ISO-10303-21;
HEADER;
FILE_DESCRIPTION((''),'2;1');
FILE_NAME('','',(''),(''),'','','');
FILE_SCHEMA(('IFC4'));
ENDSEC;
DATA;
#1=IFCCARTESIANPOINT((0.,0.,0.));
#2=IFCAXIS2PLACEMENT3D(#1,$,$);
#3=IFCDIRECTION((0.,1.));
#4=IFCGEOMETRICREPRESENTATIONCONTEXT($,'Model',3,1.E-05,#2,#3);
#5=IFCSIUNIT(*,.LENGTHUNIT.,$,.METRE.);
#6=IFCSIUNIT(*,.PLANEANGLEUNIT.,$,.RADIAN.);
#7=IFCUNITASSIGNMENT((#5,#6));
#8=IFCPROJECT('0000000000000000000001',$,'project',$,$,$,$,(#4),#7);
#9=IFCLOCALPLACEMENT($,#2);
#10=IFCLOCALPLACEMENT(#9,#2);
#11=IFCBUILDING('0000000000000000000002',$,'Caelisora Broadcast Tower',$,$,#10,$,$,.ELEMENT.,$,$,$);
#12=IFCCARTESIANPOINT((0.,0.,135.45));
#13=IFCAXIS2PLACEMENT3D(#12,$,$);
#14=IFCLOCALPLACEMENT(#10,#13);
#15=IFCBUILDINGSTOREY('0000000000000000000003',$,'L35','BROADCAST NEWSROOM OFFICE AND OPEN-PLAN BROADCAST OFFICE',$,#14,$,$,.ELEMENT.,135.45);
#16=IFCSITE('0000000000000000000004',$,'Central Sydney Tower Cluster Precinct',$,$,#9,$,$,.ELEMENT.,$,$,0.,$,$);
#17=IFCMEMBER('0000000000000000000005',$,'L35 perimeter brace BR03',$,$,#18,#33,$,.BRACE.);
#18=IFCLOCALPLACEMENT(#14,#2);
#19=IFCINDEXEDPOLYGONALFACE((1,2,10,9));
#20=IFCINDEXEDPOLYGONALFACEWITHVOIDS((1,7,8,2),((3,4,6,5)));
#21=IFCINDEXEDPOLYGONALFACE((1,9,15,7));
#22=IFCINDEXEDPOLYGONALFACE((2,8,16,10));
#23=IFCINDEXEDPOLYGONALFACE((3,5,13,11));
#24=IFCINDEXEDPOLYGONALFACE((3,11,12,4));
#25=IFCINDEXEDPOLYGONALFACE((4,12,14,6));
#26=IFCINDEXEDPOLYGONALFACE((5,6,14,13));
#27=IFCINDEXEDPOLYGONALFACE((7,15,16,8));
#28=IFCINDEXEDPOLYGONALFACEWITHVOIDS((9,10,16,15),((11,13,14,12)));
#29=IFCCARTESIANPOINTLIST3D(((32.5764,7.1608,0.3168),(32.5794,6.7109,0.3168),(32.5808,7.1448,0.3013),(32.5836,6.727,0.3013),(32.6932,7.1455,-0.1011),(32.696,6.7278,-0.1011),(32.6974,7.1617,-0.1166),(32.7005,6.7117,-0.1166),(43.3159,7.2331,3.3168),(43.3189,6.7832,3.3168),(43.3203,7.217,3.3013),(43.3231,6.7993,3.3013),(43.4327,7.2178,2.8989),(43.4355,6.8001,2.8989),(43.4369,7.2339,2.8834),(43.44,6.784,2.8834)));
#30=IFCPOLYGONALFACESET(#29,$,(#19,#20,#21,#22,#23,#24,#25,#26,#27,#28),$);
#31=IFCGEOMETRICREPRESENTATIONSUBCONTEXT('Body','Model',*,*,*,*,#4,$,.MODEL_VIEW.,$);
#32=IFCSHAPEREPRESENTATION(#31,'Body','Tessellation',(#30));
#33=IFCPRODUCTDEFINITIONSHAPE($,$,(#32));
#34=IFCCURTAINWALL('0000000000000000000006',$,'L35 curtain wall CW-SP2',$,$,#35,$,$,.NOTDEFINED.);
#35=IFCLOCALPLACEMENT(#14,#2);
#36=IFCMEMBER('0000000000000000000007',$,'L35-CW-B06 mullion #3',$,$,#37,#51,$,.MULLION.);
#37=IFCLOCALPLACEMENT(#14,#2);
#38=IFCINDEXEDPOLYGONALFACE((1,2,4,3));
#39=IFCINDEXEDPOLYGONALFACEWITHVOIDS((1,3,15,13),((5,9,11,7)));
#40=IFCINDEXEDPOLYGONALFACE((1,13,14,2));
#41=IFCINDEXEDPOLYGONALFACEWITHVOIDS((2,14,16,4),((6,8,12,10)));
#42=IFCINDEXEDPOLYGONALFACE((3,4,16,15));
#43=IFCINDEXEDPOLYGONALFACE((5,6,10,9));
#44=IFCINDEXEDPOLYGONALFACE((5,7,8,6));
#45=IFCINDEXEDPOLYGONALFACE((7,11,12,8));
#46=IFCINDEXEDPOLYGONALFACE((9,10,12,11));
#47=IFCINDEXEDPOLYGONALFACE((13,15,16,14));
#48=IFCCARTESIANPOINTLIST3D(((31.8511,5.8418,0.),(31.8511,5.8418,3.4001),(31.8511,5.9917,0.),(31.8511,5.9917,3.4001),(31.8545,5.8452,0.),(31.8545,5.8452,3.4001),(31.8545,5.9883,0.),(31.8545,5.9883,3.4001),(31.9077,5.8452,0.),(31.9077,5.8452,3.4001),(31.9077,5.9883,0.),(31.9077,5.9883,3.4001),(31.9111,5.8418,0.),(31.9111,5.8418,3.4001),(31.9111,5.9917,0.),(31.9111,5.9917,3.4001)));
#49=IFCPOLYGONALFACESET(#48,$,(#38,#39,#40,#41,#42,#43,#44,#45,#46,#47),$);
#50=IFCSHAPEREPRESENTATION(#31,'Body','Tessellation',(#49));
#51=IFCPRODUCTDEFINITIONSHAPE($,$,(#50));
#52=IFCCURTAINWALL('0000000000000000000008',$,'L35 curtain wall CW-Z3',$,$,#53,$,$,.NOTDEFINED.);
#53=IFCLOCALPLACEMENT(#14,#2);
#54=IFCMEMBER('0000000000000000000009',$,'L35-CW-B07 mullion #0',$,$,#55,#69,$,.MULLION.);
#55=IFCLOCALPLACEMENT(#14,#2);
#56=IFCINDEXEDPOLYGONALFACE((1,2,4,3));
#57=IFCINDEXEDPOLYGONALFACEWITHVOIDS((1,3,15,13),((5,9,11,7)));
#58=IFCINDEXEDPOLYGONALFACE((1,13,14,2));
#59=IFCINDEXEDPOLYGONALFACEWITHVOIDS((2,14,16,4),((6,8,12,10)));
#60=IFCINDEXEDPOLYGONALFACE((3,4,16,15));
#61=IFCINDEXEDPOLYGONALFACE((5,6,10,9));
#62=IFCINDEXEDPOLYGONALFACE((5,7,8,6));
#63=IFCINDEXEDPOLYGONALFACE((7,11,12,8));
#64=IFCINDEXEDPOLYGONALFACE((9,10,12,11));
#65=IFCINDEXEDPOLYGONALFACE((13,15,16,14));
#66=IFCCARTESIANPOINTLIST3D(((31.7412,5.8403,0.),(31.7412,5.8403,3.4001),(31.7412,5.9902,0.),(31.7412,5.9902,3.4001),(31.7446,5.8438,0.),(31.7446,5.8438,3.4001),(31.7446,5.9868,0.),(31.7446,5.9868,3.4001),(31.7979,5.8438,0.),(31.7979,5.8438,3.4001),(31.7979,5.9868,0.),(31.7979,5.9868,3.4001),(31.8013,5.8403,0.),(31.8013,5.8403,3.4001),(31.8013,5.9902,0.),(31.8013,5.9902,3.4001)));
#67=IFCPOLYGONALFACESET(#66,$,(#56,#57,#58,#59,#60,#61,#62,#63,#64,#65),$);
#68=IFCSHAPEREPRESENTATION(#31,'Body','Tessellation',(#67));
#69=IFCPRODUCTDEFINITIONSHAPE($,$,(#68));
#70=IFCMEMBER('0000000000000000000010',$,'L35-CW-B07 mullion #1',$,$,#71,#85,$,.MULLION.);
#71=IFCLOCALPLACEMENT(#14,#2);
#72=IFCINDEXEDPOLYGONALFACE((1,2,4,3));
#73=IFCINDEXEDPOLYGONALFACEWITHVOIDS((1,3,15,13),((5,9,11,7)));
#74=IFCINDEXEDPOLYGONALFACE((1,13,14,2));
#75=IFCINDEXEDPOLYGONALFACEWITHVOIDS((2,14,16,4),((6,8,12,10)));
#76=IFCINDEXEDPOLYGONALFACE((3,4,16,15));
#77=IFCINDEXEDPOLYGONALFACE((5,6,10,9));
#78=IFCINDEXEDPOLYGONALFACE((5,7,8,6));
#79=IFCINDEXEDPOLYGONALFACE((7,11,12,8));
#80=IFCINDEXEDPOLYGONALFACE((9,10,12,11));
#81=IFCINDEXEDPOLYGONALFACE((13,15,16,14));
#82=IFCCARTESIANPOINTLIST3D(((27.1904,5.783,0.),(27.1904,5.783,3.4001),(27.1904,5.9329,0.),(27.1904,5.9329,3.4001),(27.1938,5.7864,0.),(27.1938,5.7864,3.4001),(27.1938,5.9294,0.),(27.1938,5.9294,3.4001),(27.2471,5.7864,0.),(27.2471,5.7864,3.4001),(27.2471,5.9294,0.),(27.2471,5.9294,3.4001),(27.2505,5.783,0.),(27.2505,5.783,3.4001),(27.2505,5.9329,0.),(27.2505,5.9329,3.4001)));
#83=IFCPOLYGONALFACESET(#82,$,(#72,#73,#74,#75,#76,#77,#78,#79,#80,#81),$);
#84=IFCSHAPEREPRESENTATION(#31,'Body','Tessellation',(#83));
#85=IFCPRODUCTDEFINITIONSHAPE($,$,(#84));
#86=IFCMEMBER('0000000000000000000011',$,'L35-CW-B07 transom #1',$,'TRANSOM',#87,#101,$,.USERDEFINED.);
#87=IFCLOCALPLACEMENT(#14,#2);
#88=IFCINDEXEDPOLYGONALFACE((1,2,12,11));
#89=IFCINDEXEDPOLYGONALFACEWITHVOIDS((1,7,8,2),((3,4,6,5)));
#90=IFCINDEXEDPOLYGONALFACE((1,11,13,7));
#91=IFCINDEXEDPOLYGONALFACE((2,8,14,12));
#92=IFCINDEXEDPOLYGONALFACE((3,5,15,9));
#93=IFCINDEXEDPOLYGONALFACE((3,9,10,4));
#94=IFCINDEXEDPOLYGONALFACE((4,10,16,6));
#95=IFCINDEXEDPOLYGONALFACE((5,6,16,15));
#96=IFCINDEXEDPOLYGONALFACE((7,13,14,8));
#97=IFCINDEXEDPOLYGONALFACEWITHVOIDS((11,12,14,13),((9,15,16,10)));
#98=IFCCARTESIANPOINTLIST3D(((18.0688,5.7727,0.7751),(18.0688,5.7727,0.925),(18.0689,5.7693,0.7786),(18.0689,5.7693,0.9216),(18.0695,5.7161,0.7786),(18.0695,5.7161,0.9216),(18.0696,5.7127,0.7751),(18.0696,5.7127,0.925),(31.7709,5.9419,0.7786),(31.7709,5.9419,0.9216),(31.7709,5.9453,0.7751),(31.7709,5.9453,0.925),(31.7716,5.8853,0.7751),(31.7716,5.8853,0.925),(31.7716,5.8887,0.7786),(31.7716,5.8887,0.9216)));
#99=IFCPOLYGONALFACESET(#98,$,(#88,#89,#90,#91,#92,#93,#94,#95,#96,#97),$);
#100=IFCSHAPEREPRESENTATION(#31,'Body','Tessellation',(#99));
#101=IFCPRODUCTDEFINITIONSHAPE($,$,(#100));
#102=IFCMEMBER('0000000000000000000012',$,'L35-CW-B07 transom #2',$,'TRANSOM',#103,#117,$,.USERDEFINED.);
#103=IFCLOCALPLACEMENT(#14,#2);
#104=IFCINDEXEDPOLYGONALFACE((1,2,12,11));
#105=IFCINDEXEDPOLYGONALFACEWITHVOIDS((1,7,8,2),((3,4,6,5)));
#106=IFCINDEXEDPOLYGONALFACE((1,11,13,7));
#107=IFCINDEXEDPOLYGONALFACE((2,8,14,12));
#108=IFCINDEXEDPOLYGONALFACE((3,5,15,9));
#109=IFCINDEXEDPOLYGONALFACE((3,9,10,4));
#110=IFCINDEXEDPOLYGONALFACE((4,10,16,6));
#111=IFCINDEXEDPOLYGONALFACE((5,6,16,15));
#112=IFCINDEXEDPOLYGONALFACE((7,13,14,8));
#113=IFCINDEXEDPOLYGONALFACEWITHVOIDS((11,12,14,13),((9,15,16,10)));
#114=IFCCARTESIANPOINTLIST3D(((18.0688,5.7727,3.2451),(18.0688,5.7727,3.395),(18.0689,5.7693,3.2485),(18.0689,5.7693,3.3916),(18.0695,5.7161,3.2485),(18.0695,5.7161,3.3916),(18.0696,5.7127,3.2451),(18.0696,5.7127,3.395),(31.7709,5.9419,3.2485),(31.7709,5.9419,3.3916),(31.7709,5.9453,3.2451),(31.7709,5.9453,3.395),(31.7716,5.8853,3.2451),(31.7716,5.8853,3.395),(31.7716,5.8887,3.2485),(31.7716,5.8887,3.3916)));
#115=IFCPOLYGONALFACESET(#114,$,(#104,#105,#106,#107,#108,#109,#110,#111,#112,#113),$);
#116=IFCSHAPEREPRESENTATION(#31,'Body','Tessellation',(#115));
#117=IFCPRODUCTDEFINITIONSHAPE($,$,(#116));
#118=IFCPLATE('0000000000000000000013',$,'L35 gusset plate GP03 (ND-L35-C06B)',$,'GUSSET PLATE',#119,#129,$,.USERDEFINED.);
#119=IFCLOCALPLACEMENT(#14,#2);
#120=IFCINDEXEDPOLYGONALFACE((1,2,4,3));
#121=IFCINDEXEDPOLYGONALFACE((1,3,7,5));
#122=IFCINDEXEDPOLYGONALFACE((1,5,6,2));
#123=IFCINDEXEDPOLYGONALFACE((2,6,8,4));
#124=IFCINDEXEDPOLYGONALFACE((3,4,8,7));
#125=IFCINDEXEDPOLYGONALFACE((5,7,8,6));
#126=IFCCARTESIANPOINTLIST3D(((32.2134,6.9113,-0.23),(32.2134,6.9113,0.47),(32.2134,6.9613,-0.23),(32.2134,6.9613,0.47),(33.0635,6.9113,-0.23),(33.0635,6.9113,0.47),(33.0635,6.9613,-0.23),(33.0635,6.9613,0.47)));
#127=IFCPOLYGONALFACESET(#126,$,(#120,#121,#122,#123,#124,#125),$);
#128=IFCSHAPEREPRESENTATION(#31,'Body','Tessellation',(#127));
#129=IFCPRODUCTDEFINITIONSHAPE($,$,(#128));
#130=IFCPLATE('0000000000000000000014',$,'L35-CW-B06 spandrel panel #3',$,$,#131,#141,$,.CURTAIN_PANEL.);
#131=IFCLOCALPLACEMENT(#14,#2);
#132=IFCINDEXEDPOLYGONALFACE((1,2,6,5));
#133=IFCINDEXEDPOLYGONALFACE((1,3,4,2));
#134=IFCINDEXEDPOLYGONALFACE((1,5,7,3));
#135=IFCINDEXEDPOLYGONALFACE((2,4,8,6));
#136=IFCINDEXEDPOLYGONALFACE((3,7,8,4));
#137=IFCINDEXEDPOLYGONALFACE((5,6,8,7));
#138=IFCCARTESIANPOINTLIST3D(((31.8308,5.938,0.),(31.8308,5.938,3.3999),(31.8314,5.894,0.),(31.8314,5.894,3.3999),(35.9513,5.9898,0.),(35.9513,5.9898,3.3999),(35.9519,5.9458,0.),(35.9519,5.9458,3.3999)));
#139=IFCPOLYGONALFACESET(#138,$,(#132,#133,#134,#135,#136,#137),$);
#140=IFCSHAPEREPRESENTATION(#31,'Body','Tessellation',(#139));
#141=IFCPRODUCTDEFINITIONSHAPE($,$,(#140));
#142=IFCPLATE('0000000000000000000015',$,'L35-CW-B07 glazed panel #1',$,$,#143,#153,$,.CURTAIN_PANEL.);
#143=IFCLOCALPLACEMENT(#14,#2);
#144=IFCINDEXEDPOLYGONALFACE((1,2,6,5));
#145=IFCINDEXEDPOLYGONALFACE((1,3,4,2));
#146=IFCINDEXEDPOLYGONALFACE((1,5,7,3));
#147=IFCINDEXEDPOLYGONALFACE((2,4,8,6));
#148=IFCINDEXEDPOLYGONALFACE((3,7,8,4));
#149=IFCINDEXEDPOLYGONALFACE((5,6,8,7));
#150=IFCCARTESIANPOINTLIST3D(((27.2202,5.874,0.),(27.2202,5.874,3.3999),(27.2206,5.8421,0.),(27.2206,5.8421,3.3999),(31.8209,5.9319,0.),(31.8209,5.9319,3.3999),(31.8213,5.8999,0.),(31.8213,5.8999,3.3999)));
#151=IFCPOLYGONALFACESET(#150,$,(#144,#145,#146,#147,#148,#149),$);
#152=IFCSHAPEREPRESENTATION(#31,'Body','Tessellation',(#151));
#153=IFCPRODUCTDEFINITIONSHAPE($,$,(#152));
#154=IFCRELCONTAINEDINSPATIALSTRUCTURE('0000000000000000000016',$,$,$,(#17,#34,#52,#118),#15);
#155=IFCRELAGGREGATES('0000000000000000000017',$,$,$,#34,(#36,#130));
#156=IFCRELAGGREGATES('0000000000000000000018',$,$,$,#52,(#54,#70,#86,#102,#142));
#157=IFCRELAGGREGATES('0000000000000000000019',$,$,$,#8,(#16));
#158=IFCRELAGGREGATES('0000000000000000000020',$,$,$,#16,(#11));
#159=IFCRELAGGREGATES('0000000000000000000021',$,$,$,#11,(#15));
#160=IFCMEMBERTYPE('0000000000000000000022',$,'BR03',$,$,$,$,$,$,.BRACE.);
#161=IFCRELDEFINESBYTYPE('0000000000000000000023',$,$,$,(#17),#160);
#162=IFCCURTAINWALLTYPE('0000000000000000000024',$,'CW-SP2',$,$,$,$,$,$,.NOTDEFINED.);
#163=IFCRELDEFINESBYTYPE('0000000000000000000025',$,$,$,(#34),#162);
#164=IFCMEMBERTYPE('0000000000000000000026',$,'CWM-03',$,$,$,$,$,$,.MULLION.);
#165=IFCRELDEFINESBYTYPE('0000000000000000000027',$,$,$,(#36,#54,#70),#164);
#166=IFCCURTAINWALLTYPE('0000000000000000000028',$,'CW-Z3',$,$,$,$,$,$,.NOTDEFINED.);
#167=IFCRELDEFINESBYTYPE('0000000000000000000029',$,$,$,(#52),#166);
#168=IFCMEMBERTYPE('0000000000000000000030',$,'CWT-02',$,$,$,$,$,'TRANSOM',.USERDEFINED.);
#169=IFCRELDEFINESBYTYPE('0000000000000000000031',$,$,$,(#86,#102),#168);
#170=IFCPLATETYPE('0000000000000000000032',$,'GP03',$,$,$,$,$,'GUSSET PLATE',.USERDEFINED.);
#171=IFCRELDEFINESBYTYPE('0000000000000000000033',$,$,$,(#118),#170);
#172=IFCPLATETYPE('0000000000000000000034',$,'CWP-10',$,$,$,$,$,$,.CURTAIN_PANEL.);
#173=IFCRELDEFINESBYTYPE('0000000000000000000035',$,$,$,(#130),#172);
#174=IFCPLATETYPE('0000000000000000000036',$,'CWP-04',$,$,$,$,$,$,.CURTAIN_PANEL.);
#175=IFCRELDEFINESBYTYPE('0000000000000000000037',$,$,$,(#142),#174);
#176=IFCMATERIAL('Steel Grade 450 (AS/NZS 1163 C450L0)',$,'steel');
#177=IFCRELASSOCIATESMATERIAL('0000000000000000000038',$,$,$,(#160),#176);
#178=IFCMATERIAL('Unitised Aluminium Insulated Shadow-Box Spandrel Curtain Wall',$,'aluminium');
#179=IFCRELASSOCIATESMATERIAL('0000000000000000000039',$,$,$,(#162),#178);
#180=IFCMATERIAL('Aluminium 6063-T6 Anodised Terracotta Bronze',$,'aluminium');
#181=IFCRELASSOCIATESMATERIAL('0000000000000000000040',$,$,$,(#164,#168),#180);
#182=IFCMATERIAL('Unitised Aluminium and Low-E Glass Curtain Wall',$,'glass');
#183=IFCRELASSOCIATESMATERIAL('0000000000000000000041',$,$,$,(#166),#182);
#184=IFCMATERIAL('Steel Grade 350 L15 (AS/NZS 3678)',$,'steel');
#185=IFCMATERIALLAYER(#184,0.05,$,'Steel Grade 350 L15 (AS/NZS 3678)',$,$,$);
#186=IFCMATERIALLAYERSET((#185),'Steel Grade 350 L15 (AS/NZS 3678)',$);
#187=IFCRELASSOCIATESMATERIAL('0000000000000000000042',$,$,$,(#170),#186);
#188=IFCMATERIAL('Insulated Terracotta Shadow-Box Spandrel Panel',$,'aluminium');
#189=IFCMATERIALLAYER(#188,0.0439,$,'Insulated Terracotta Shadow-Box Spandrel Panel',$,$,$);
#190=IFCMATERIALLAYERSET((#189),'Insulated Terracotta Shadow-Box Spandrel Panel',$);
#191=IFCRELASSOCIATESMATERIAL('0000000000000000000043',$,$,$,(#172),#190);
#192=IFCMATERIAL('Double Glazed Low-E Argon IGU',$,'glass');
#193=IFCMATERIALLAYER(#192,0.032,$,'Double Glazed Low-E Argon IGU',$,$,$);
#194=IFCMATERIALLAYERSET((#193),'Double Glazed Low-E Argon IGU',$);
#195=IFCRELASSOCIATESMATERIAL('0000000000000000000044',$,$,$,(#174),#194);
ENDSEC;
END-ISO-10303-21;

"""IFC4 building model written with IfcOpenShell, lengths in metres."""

from ifc_helpers import new_model, si_unit, direction, frame, origin, origin_2d, place, context, subcontext, project, spatial, rectangle, hollow_rectangle, extrude, source, transform, mapped, material, layer, layer_set, material_profile, profile_set, type_object, type_shapes, element, aggregate, save


model = new_model("IFC4")

# Units and contexts
model_context = context("Model", 3, precision=1e-05, world=origin(), true_north=direction((0.0, 1.0)))
body_context = subcontext(model_context, "Body", "Model", "MODEL_VIEW")
ifc_project = project(units=[si_unit("LENGTHUNIT", "METRE"), si_unit("PLANEANGLEUNIT", "RADIAN")], contexts=[model_context])

# Site, building, storey
site_placement = place(None, origin())
site = spatial("IfcSite", under=ifc_project, at=site_placement, Name="Central Sydney Tower Cluster Precinct", CompositionType="ELEMENT", RefElevation=0.0)
building_placement = place(site_placement, origin())
building = spatial("IfcBuilding", under=site, at=building_placement, Name="Caelisora Broadcast Tower", CompositionType="ELEMENT")
storey_placement = place(building_placement, frame((0.0, 0.0, 135.45)))
storey = spatial("IfcBuildingStorey", under=building, at=storey_placement, Name="L35", Description="BROADCAST NEWSROOM OFFICE AND OPEN-PLAN BROADCAST OFFICE", CompositionType="ELEMENT", Elevation=135.45)

# Shared definitions
ifc_material_1 = material(Name="Steel Grade 350 L15 (AS/NZS 3678)", Category="steel")

# Member
ifc_material_2 = material(Name="Steel Grade 450 (AS/NZS 1163 C450L0)", Category="steel")
ifc_material_profile_1 = material_profile(ifc_material_2, hollow_rectangle(XDim=0.45, YDim=0.45, WallThickness=0.0161, at=origin_2d()), Name="Steel Grade 450 (AS/NZS 1163 C450L0)")
ifc_profile_set_1 = profile_set([ifc_material_profile_1], Name="Steel Grade 450 (AS/NZS 1163 C450L0)")
member_type_1 = type_object("IfcMemberType", Name="BR03", PredefinedType="BRACE", material=ifc_profile_set_1)
shared_shape_1 = source(origin(), body_context, "Body", "SweptSolid", [
    extrude(hollow_rectangle(XDim=0.45, YDim=0.45, WallThickness=0.0161, at=origin_2d()), origin(), (0.0, 0.0, 1.0), 11.1509),
])
type_shapes(member_type_1, [shared_shape_1])
member_1_placement = place(storey_placement, frame((32.6384, 6.9363, 0.1001), z_axis=(0.963108, 0.006481, 0.269037), x_axis=(-0.006729, 0.999977, 0.0)))
element("IfcMember", 1, at=member_1_placement, inside=storey, type_object=member_type_1, Name="L35 perimeter brace BR03", PredefinedType="BRACE", context=body_context, shape_type="MappedRepresentation", body=[
    mapped(shared_shape_1, transform((0.0, 0.0, 0.0), scale=1.0)),
])

# Curtain wall, member
ifc_material_3 = material(Name="Unitised Aluminium Insulated Shadow-Box Spandrel Curtain Wall", Category="aluminium")
curtain_wall_type_1 = type_object("IfcCurtainWallType", Name="CW-SP2", PredefinedType="NOTDEFINED", material=ifc_material_3)
curtain_wall_1_placement = place(storey_placement, origin())
curtain_wall_1 = element("IfcCurtainWall", 2, at=curtain_wall_1_placement, inside=storey, type_object=curtain_wall_type_1, Name="L35 curtain wall CW-SP2", PredefinedType="NOTDEFINED")
ifc_material_4 = material(Name="Aluminium 6063-T6 Anodised Terracotta Bronze", Category="aluminium")
ifc_material_profile_2 = material_profile(ifc_material_4, hollow_rectangle(XDim=0.0601, YDim=0.1499, WallThickness=0.0034, at=origin_2d()), Name="Aluminium 6063-T6 Anodised Terracotta Bronze")
ifc_profile_set_2 = profile_set([ifc_material_profile_2], Name="Aluminium 6063-T6 Anodised Terracotta Bronze")
member_type_2 = type_object("IfcMemberType", Name="CWM-03", PredefinedType="MULLION", material=ifc_profile_set_2)
shared_shape_2 = source(origin(), body_context, "Body", "SweptSolid", [
    extrude(hollow_rectangle(XDim=0.0601, YDim=0.1499, WallThickness=0.0034, at=origin_2d()), origin(), (0.0, 0.0, 1.0), 3.4001),
])
type_shapes(member_type_2, [shared_shape_2])
member_2_placement = place(storey_placement, frame((31.8811, 5.9167, 0.0), z_axis=(0.0, 0.0, 1.0), x_axis=(1.0, 0.0, 0.0)))
member_2 = element("IfcMember", 3, at=member_2_placement, type_object=member_type_2, Name="L35-CW-B06 mullion #3", PredefinedType="MULLION", context=body_context, shape_type="MappedRepresentation", body=[
    mapped(shared_shape_2, transform((0.0, 0.0, 0.0), scale=1.0)),
])

# Curtain wall, members
ifc_material_5 = material(Name="Unitised Aluminium and Low-E Glass Curtain Wall", Category="glass")
curtain_wall_type_2 = type_object("IfcCurtainWallType", Name="CW-Z3", PredefinedType="NOTDEFINED", material=ifc_material_5)
curtain_wall_2_placement = place(storey_placement, origin())
curtain_wall_2 = element("IfcCurtainWall", 4, at=curtain_wall_2_placement, inside=storey, type_object=curtain_wall_type_2, Name="L35 curtain wall CW-Z3", PredefinedType="NOTDEFINED")
member_3_placement = place(storey_placement, frame((31.7712, 5.9153, 0.0), z_axis=(0.0, 0.0, 1.0), x_axis=(1.0, 0.0, 0.0)))
member_3 = element("IfcMember", 5, at=member_3_placement, type_object=member_type_2, Name="L35-CW-B07 mullion #0", PredefinedType="MULLION", context=body_context, shape_type="MappedRepresentation", body=[
    mapped(shared_shape_2, transform((0.0, 0.0, 0.0), scale=1.0)),
])
member_4_placement = place(storey_placement, frame((27.2205, 5.8579, 0.0), z_axis=(0.0, 0.0, 1.0), x_axis=(1.0, 0.0, 0.0)))
member_4 = element("IfcMember", 6, at=member_4_placement, type_object=member_type_2, Name="L35-CW-B07 mullion #1", PredefinedType="MULLION", context=body_context, shape_type="MappedRepresentation", body=[
    mapped(shared_shape_2, transform((0.0, 0.0, 0.0), scale=1.0)),
])
ifc_material_profile_3 = material_profile(ifc_material_4, hollow_rectangle(XDim=0.0601, YDim=0.1499, WallThickness=0.0034, at=origin_2d()), Name="Aluminium 6063-T6 Anodised Terracotta Bronze")
ifc_profile_set_3 = profile_set([ifc_material_profile_3], Name="Aluminium 6063-T6 Anodised Terracotta Bronze")
member_type_3 = type_object("IfcMemberType", Name="CWT-02", ElementType="TRANSOM", PredefinedType="USERDEFINED", material=ifc_profile_set_3)
shared_shape_3 = source(origin(), body_context, "Body", "SweptSolid", [
    extrude(hollow_rectangle(XDim=0.0601, YDim=0.1499, WallThickness=0.0034, at=origin_2d()), origin(), (0.0, 0.0, 1.0), 13.7031),
])
type_shapes(member_type_3, [shared_shape_3])
member_5_placement = place(storey_placement, frame((31.7712, 5.9153, 0.8501), z_axis=(-0.999921, -0.012596, 0.0), x_axis=(0.012596, -0.999921, 0.0)))
member_5 = element("IfcMember", 7, at=member_5_placement, type_object=member_type_3, Name="L35-CW-B07 transom #1", ObjectType="TRANSOM", PredefinedType="USERDEFINED", context=body_context, shape_type="MappedRepresentation", body=[
    mapped(shared_shape_3, transform((0.0, 0.0, 0.0), scale=1.0)),
])
member_6_placement = place(storey_placement, frame((31.7712, 5.9153, 3.3201), z_axis=(-0.999921, -0.012596, 0.0), x_axis=(0.012596, -0.999921, 0.0)))
member_6 = element("IfcMember", 8, at=member_6_placement, type_object=member_type_3, Name="L35-CW-B07 transom #2", ObjectType="TRANSOM", PredefinedType="USERDEFINED", context=body_context, shape_type="MappedRepresentation", body=[
    mapped(shared_shape_3, transform((0.0, 0.0, 0.0), scale=1.0)),
])

# Plates
ifc_layer_1 = layer(ifc_material_1, 0.05, Name="Steel Grade 350 L15 (AS/NZS 3678)")
ifc_layer_set_1 = layer_set([ifc_layer_1], Name="Steel Grade 350 L15 (AS/NZS 3678)")
plate_type_1 = type_object("IfcPlateType", Name="GP03", ElementType="GUSSET PLATE", PredefinedType="USERDEFINED", material=ifc_layer_set_1)
shared_shape_4 = source(origin(), body_context, "Body", "SweptSolid", [
    extrude(rectangle(XDim=0.8501, YDim=0.05, at=origin_2d()), origin(), (0.0, 0.0, 1.0), 0.7),
])
type_shapes(plate_type_1, [shared_shape_4])
plate_1_placement = place(storey_placement, frame((32.6384, 6.9363, -0.23), z_axis=(0.0, 0.0, 1.0), x_axis=(1.0, 0.0, 0.0)))
element("IfcPlate", 9, at=plate_1_placement, inside=storey, type_object=plate_type_1, Name="L35 gusset plate GP03 (ND-L35-C06B)", ObjectType="GUSSET PLATE", PredefinedType="USERDEFINED", context=body_context, shape_type="MappedRepresentation", body=[
    mapped(shared_shape_4, transform((0.0, 0.0, 0.0), scale=1.0)),
])
ifc_material_6 = material(Name="Insulated Terracotta Shadow-Box Spandrel Panel", Category="aluminium")
ifc_layer_2 = layer(ifc_material_6, 0.0439, Name="Insulated Terracotta Shadow-Box Spandrel Panel")
ifc_layer_set_2 = layer_set([ifc_layer_2], Name="Insulated Terracotta Shadow-Box Spandrel Panel")
plate_type_2 = type_object("IfcPlateType", Name="CWP-10", PredefinedType="CURTAIN_PANEL", material=ifc_layer_set_2)
shared_shape_5 = source(origin(), body_context, "Body", "SweptSolid", [
    extrude(rectangle(XDim=4.1208, YDim=0.0439, at=origin_2d()), origin(), (0.0, 0.0, 1.0), 3.3999),
])
type_shapes(plate_type_2, [shared_shape_5])
plate_2_placement = place(storey_placement, frame((33.8914, 5.9419, 0.0), z_axis=(0.0, 0.0, 1.0), x_axis=(-0.999921, -0.012566, 0.0)))
plate_2 = element("IfcPlate", 10, at=plate_2_placement, type_object=plate_type_2, Name="L35-CW-B06 spandrel panel #3", PredefinedType="CURTAIN_PANEL", context=body_context, shape_type="MappedRepresentation", body=[
    mapped(shared_shape_5, transform((0.0, 0.0, 0.0), scale=1.0)),
])
aggregate(curtain_wall_1, [member_2, plate_2])
ifc_material_7 = material(Name="Double Glazed Low-E Argon IGU", Category="glass")
ifc_layer_3 = layer(ifc_material_7, 0.032, Name="Double Glazed Low-E Argon IGU")
ifc_layer_set_3 = layer_set([ifc_layer_3], Name="Double Glazed Low-E Argon IGU")
plate_type_3 = type_object("IfcPlateType", Name="CWP-04", PredefinedType="CURTAIN_PANEL", material=ifc_layer_set_3)
shared_shape_6 = source(origin(), body_context, "Body", "SweptSolid", [
    extrude(rectangle(XDim=4.6011, YDim=0.032, at=origin_2d()), origin(), (0.0, 0.0, 1.0), 3.3999),
])
type_shapes(plate_type_3, [shared_shape_6])
plate_3_placement = place(storey_placement, frame((29.5208, 5.887, 0.0), z_axis=(0.0, 0.0, 1.0), x_axis=(-0.999921, -0.012566, 0.0)))
plate_3 = element("IfcPlate", 11, at=plate_3_placement, type_object=plate_type_3, Name="L35-CW-B07 glazed panel #1", PredefinedType="CURTAIN_PANEL", context=body_context, shape_type="MappedRepresentation", body=[
    mapped(shared_shape_6, transform((0.0, 0.0, 0.0), scale=1.0)),
])
aggregate(curtain_wall_2, [member_3, member_4, member_5, member_6, plate_3])

save(model, "model.ifc")
